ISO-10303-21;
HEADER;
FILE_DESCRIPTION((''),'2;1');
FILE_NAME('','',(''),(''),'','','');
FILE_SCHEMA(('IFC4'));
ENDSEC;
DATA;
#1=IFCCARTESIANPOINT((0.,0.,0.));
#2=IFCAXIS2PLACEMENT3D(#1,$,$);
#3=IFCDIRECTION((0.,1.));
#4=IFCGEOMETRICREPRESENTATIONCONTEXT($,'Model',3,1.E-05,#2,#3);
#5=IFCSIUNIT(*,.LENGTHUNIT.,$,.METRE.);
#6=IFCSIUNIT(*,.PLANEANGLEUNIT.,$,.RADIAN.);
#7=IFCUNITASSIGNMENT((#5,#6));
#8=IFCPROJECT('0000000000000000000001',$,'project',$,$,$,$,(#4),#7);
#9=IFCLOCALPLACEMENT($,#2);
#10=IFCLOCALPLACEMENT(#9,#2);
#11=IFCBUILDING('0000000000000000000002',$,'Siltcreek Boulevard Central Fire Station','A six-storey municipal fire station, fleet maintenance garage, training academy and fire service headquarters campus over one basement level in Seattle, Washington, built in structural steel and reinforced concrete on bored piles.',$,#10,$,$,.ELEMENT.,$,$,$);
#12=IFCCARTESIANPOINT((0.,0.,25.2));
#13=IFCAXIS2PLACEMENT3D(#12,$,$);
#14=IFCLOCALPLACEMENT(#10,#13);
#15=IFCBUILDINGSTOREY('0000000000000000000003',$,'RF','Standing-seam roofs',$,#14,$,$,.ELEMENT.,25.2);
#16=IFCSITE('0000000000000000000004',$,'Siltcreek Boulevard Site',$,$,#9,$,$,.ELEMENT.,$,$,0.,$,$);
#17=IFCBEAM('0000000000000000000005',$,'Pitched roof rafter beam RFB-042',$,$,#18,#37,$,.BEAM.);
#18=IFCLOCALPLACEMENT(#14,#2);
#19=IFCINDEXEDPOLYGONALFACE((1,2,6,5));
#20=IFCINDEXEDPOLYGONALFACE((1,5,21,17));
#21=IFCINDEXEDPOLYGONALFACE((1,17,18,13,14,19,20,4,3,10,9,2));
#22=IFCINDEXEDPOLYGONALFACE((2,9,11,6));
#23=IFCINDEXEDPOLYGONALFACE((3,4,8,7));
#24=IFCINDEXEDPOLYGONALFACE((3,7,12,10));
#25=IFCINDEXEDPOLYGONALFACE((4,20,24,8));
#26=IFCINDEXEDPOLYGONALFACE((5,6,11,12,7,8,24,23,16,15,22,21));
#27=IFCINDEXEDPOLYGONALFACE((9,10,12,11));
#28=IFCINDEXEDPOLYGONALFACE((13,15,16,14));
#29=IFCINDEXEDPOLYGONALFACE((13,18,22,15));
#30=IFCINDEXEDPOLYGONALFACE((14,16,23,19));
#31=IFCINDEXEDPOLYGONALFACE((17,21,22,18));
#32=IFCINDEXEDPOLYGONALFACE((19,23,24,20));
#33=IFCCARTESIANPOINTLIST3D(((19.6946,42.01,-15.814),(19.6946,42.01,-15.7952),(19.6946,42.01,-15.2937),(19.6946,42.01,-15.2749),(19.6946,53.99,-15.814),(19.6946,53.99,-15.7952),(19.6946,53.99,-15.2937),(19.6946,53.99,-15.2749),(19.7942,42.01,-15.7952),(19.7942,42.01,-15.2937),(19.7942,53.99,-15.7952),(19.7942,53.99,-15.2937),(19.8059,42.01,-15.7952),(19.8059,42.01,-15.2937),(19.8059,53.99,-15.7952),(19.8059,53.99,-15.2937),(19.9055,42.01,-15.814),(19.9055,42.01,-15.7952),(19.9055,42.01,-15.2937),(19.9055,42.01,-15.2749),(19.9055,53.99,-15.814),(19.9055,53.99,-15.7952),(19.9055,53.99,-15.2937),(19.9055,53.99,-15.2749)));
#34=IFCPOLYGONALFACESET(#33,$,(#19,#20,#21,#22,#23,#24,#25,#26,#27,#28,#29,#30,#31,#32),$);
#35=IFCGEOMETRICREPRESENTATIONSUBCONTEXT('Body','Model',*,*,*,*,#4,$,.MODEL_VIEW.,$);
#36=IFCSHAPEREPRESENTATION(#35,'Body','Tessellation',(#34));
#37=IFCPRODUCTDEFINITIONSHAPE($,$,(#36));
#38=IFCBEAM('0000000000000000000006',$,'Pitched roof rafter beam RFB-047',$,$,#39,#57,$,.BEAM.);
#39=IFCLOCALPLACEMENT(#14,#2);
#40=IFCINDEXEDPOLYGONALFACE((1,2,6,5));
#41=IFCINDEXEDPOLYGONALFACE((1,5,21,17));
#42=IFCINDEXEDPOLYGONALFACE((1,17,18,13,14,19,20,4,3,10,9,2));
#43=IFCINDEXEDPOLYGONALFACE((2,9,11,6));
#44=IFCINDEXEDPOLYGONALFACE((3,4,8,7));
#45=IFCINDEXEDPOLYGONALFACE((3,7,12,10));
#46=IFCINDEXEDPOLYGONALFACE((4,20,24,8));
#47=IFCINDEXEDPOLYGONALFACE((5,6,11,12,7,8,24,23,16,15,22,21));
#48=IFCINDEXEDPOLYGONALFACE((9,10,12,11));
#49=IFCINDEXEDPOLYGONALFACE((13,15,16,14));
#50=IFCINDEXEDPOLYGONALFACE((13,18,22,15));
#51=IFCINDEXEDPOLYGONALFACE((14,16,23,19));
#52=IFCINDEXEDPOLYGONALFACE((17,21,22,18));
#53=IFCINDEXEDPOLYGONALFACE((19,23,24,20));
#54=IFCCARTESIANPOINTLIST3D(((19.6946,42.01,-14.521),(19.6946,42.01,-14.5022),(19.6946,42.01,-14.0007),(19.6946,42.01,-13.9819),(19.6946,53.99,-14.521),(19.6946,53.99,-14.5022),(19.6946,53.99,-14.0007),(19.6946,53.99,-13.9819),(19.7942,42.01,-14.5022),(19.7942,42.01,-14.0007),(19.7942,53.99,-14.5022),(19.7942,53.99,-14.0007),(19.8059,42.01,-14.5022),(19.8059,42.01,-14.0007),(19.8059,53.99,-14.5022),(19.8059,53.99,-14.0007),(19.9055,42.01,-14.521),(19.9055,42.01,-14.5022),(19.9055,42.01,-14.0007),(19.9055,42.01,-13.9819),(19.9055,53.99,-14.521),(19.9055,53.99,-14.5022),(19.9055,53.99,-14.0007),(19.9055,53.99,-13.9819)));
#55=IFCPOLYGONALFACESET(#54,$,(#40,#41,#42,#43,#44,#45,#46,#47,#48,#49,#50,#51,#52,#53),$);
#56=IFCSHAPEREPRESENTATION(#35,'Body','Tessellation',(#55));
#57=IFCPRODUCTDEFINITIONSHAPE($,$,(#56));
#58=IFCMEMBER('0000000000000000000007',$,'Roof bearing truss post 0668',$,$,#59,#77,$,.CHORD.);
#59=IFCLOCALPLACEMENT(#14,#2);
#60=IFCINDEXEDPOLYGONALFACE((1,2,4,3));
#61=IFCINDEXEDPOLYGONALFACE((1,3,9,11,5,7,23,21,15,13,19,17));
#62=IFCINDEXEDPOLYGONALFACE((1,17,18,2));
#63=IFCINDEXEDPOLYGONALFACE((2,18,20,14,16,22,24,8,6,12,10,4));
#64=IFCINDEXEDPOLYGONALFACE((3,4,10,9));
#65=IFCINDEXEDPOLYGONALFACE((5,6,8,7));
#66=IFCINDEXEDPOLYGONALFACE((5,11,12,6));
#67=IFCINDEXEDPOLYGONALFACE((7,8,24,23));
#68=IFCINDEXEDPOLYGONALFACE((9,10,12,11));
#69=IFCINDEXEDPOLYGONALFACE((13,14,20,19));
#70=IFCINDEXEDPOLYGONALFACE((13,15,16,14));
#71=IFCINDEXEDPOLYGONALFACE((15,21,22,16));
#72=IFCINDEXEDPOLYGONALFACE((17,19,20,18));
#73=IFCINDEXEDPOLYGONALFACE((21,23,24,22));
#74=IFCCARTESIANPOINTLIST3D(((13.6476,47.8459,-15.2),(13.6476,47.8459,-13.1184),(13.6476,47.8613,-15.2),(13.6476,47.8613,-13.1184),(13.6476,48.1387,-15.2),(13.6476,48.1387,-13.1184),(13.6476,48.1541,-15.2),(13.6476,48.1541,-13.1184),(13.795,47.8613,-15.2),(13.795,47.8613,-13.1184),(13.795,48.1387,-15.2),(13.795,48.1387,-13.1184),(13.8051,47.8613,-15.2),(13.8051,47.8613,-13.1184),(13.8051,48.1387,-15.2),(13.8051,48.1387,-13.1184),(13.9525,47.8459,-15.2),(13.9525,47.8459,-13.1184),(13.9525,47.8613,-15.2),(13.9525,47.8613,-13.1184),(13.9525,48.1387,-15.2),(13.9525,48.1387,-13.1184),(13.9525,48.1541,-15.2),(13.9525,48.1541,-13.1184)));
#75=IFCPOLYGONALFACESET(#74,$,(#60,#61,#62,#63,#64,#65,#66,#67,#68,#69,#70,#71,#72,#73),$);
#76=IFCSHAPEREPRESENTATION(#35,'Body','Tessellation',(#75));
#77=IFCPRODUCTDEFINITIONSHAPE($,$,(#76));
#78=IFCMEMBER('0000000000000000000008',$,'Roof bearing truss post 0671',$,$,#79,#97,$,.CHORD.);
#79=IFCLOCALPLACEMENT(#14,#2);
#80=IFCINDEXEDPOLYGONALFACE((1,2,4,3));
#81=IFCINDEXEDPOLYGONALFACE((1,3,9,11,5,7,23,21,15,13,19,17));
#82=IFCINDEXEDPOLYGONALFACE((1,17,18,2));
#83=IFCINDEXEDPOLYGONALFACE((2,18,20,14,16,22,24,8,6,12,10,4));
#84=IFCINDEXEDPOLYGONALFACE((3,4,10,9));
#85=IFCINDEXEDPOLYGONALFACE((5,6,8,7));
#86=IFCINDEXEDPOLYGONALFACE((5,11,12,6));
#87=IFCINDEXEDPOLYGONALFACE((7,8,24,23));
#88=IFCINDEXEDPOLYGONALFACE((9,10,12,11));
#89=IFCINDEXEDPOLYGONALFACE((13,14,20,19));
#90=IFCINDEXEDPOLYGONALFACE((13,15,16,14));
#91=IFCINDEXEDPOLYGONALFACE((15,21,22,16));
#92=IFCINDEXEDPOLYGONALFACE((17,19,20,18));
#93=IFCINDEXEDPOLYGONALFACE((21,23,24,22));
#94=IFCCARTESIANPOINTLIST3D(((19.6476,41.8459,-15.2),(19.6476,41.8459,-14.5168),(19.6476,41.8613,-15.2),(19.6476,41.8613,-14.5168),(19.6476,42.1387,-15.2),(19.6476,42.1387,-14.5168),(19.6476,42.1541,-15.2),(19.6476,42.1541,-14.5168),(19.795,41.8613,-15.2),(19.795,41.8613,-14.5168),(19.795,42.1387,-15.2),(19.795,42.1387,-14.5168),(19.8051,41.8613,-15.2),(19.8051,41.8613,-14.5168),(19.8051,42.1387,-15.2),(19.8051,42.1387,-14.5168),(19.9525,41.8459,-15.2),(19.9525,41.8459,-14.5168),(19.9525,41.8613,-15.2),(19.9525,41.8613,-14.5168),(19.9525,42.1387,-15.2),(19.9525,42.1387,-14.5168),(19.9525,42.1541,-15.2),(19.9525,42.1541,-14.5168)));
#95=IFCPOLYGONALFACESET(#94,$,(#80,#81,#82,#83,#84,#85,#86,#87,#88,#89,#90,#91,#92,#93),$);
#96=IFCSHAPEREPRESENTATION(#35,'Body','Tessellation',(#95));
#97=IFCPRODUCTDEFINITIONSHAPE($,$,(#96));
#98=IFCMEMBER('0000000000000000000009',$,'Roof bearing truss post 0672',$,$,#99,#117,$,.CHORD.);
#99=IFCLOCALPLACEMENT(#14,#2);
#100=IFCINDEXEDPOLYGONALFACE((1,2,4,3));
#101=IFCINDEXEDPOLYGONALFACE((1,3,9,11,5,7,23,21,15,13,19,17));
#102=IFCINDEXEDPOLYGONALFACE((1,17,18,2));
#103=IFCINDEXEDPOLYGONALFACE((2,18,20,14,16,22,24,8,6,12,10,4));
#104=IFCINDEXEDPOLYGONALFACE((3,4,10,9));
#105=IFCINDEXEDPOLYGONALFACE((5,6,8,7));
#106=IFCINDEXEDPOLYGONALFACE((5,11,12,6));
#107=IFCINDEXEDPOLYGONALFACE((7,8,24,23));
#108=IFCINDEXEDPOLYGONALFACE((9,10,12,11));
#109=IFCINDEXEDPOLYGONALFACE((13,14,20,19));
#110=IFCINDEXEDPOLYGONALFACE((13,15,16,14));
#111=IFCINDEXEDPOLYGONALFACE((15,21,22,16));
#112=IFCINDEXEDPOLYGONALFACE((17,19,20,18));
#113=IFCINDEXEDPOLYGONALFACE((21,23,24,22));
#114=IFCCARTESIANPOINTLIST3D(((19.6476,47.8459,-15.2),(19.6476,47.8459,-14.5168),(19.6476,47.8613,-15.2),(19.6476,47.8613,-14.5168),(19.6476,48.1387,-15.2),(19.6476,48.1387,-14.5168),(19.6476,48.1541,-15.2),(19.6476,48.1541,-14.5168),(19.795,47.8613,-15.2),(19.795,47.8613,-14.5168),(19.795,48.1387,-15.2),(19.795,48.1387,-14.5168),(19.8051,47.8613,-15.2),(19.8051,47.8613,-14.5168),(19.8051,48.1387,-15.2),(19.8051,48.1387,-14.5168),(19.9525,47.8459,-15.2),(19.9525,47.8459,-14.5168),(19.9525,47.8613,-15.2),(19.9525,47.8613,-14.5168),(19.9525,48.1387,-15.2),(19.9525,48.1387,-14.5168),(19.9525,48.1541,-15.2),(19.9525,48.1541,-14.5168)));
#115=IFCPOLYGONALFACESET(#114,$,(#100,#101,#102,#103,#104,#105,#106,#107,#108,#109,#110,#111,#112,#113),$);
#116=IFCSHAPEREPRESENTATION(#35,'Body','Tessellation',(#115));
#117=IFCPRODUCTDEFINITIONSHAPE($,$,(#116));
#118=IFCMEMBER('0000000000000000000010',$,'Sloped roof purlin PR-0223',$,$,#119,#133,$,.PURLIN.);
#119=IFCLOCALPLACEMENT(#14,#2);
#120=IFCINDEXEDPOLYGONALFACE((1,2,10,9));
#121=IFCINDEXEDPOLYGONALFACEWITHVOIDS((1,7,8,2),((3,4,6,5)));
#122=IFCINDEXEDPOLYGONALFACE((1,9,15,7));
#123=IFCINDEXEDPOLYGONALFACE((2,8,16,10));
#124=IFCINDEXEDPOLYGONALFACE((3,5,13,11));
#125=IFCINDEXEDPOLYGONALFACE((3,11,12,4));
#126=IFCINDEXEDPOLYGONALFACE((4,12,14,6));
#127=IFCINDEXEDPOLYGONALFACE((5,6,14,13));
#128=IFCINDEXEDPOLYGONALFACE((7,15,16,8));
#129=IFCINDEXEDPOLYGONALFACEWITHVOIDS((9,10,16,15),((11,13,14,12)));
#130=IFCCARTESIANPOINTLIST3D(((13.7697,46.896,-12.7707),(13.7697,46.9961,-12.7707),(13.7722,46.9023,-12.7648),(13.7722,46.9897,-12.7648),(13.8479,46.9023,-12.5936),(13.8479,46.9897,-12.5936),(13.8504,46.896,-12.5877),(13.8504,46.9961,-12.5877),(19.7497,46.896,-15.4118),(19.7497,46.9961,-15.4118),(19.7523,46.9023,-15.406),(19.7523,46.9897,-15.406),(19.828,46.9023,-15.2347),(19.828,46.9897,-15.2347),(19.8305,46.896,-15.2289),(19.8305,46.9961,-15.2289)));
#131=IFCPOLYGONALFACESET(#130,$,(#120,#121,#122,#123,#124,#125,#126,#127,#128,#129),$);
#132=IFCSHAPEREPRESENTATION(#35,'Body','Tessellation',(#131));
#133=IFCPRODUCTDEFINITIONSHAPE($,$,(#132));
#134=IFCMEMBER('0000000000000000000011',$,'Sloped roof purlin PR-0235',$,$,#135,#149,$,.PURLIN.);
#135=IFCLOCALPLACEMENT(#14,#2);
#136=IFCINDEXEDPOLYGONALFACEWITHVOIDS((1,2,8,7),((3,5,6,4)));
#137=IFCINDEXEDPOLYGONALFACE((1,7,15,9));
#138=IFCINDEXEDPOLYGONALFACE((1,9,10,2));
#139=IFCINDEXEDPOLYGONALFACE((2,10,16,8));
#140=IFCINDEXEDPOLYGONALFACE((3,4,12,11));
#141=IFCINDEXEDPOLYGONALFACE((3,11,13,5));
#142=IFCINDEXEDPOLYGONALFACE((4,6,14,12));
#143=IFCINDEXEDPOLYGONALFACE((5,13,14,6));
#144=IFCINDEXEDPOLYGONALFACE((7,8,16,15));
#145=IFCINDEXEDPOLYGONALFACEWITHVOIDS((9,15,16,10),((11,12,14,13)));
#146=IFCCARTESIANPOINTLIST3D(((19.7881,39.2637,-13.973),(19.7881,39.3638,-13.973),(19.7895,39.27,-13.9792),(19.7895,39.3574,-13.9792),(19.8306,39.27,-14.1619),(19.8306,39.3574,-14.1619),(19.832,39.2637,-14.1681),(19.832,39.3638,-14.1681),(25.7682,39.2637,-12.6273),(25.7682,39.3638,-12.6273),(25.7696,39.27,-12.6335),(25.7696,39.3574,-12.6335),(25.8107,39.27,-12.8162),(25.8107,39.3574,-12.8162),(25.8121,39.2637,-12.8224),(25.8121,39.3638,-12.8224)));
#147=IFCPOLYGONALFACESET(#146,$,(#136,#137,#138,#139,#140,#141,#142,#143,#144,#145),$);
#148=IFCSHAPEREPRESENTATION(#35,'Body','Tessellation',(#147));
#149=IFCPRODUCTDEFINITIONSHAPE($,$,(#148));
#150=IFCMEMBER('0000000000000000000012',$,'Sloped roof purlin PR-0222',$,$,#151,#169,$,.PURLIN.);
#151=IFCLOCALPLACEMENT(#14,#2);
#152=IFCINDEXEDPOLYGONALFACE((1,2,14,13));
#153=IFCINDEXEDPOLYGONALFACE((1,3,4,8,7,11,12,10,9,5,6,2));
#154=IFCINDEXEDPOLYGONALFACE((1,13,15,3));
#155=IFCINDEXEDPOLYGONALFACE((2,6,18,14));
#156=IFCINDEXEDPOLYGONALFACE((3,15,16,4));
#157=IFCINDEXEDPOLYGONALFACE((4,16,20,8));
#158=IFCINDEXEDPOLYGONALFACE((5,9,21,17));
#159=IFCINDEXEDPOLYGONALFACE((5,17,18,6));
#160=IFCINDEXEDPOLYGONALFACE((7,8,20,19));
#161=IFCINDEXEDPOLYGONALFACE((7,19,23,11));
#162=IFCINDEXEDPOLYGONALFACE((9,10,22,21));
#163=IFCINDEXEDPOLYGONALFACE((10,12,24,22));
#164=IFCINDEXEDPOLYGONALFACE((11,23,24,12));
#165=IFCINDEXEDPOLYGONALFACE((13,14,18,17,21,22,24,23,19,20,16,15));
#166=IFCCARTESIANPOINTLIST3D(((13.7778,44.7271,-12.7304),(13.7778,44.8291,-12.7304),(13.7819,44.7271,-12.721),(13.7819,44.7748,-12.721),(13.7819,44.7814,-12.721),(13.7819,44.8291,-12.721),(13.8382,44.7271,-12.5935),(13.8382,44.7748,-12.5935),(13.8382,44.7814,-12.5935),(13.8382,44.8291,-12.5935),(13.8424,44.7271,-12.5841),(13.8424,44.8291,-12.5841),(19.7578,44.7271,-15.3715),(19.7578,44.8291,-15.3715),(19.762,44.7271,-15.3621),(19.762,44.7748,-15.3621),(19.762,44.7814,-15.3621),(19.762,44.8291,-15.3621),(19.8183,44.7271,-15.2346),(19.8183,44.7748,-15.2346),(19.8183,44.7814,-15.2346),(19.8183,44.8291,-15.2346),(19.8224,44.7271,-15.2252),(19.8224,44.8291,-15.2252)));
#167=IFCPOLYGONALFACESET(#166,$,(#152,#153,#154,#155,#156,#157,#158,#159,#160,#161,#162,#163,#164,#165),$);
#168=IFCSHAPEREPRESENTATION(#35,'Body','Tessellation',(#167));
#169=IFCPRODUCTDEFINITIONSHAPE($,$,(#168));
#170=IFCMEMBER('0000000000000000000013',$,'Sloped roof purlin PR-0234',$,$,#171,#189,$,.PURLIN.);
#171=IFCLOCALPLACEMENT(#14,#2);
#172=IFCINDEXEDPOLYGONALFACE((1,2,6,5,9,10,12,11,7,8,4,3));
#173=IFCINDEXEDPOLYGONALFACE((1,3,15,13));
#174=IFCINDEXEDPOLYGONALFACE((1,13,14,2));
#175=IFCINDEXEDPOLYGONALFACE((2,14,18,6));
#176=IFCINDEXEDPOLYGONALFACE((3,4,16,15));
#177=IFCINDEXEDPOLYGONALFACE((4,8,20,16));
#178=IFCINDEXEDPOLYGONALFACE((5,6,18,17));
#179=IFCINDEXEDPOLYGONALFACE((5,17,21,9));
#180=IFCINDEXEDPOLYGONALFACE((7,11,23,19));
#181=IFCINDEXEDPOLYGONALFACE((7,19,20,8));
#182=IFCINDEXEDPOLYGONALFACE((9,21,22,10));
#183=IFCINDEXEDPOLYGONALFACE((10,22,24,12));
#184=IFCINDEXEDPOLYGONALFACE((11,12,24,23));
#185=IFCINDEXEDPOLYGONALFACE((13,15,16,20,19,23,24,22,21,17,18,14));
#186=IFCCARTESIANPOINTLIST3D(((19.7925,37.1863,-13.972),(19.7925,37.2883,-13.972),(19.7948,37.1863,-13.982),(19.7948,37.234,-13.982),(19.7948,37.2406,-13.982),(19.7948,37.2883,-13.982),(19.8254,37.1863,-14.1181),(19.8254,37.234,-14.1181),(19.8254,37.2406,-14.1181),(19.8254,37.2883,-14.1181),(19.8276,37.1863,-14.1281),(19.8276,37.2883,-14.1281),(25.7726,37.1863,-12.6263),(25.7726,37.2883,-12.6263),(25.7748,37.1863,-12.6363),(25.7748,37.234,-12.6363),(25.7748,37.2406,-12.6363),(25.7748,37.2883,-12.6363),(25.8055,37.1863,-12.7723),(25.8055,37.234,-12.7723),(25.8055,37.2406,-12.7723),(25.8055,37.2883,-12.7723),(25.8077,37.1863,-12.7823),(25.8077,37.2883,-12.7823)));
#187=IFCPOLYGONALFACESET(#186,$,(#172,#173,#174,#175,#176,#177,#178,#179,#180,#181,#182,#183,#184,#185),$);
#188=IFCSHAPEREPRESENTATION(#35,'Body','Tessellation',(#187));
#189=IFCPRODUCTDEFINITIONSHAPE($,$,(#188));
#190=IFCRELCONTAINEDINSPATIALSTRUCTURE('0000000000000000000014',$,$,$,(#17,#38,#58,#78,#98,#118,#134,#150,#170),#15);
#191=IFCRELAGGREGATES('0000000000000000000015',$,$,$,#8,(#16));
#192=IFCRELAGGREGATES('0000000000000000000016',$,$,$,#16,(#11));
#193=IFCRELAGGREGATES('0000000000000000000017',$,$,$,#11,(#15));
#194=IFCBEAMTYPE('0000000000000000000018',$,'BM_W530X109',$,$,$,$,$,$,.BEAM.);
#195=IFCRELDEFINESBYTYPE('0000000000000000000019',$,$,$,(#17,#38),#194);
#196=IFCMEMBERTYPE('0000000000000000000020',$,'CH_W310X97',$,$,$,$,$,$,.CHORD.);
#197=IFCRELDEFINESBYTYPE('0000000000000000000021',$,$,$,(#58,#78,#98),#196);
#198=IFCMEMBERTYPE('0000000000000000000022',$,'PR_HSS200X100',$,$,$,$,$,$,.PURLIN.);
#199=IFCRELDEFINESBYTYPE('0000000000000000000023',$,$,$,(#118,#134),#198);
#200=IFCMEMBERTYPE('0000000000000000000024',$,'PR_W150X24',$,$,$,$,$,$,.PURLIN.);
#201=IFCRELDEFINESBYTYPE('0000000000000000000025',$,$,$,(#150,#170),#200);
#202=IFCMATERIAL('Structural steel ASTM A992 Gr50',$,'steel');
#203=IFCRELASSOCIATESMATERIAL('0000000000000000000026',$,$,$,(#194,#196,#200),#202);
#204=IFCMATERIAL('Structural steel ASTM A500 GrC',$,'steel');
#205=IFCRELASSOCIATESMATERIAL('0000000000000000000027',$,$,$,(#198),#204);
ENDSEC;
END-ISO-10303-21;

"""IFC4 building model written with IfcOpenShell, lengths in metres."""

from ifc_helpers import new_model, si_unit, direction, frame, origin, origin_2d, place, context, subcontext, project, spatial, hollow_rectangle, i_section, extrude, material, material_profile, profile_set, type_object, element, save


model = new_model("IFC4")

# Units and contexts
model_context = context("Model", 3, precision=1e-05, world=origin(), true_north=direction((0.0, 1.0)))
body_context = subcontext(model_context, "Body", "Model", "MODEL_VIEW")
ifc_project = project(units=[si_unit("LENGTHUNIT", "METRE"), si_unit("PLANEANGLEUNIT", "RADIAN")], contexts=[model_context])

# Site, building, storey
site_placement = place(None, origin())
site = spatial("IfcSite", under=ifc_project, at=site_placement, Name="Siltcreek Boulevard Site", CompositionType="ELEMENT", RefElevation=0.0)
building_placement = place(site_placement, origin())
building = spatial("IfcBuilding", under=site, at=building_placement, Name="Siltcreek Boulevard Central Fire Station", Description="A six-storey municipal fire station, fleet maintenance garage, training academy and fire service headquarters campus over one basement level in Seattle, Washington, built in structural steel and reinforced concrete on bored piles.", CompositionType="ELEMENT")
storey_placement = place(building_placement, frame((0.0, 0.0, 25.2)))
storey = spatial("IfcBuildingStorey", under=building, at=storey_placement, Name="RF", Description="Standing-seam roofs", CompositionType="ELEMENT", Elevation=25.2)

# Beams
ifc_material_1 = material(Name="Structural steel ASTM A992 Gr50", Category="steel")
ifc_material_profile_1 = material_profile(ifc_material_1, i_section(OverallWidth=0.2109, OverallDepth=0.5391, WebThickness=0.0117, FlangeThickness=0.0188, at=origin_2d()), Name="W530X109")
ifc_profile_set_1 = profile_set([ifc_material_profile_1], Name="Structural steel ASTM A992 Gr50")
beam_type = type_object("IfcBeamType", Name="BM_W530X109", PredefinedType="BEAM", material=ifc_profile_set_1)
for number, where, z_axis, x_axis, name in (
    (1, (19.8, 42.01, -15.5444), (0.0, 1.0, 0.0), (-1.0, 0.0, 0.0), "Pitched roof rafter beam RFB-042"),
    (2, (19.8, 42.01, -14.2515), (0.0, 1.0, 0.0), (-1.0, 0.0, 0.0), "Pitched roof rafter beam RFB-047"),
):
    element("IfcBeam", number, at=place(storey_placement, frame(where, z_axis=z_axis, x_axis=x_axis)), inside=storey, type_object=beam_type, Name=name, PredefinedType="BEAM", context=body_context, shape_type="SweptSolid", body=[
        extrude(i_section(OverallWidth=0.2109, OverallDepth=0.5391, WebThickness=0.0117, FlangeThickness=0.0188, at=origin_2d()), origin(), (0.0, 0.0, 1.0), 11.98),
    ])

# Members
ifc_material_profile_2 = material_profile(ifc_material_1, i_section(OverallWidth=0.3049, OverallDepth=0.3081, WebThickness=0.01, FlangeThickness=0.0154, at=origin_2d()), Name="W310X97")
ifc_profile_set_2 = profile_set([ifc_material_profile_2], Name="Structural steel ASTM A992 Gr50")
member_type_1 = type_object("IfcMemberType", Name="CH_W310X97", PredefinedType="CHORD", material=ifc_profile_set_2)
member_1_placement = place(storey_placement, frame((13.8, 48.0, -15.2), z_axis=(0.0, 0.0, 1.0), x_axis=(1.0, 0.0, 0.0)))
element("IfcMember", 3, at=member_1_placement, inside=storey, type_object=member_type_1, Name="Roof bearing truss post 0668", PredefinedType="CHORD", context=body_context, shape_type="SweptSolid", body=[
    extrude(i_section(OverallWidth=0.3049, OverallDepth=0.3081, WebThickness=0.01, FlangeThickness=0.0154, at=origin_2d()), origin(), (0.0, 0.0, 1.0), 2.0815),
])
for number, where, z_axis, x_axis, name in (
    (4, (19.8, 42.0, -15.2), (0.0, 0.0, 1.0), (1.0, 0.0, 0.0), "Roof bearing truss post 0671"),
    (5, (19.8, 48.0, -15.2), (0.0, 0.0, 1.0), (1.0, 0.0, 0.0), "Roof bearing truss post 0672"),
):
    element("IfcMember", number, at=place(storey_placement, frame(where, z_axis=z_axis, x_axis=x_axis)), inside=storey, type_object=member_type_1, Name=name, PredefinedType="CHORD", context=body_context, shape_type="SweptSolid", body=[
        extrude(i_section(OverallWidth=0.3049, OverallDepth=0.3081, WebThickness=0.01, FlangeThickness=0.0154, at=origin_2d()), origin(), (0.0, 0.0, 1.0), 0.6831),
    ])
ifc_material_2 = material(Name="Structural steel ASTM A500 GrC", Category="steel")
ifc_material_profile_3 = material_profile(ifc_material_2, hollow_rectangle(XDim=0.1001, YDim=0.2, WallThickness=0.0063, at=origin_2d()), Name="HSS200X100X6.4")
ifc_profile_set_3 = profile_set([ifc_material_profile_3], Name="Structural steel ASTM A500 GrC")
member_type_2 = type_object("IfcMemberType", Name="PR_HSS200X100", PredefinedType="PURLIN", material=ifc_profile_set_3)
member_2_placement = place(storey_placement, frame((13.8101, 46.946, -12.6792), z_axis=(0.914755, 0.0, -0.40401), x_axis=(0.0, 1.0, 0.0)))
element("IfcMember", 6, at=member_2_placement, inside=storey, type_object=member_type_2, Name="Sloped roof purlin PR-0223", PredefinedType="PURLIN", context=body_context, shape_type="SweptSolid", body=[
    extrude(hollow_rectangle(XDim=0.1001, YDim=0.2, WallThickness=0.0063, at=origin_2d()), origin(), (0.0, 0.0, 1.0), 6.5374),
])
member_3_placement = place(storey_placement, frame((19.8101, 39.3137, -14.0706), z_axis=(0.975603, 0.0, 0.219544), x_axis=(0.0, 1.0, 0.0)))
element("IfcMember", 7, at=member_3_placement, inside=storey, type_object=member_type_2, Name="Sloped roof purlin PR-0235", PredefinedType="PURLIN", context=body_context, shape_type="SweptSolid", body=[
    extrude(hollow_rectangle(XDim=0.1001, YDim=0.2, WallThickness=0.0063, at=origin_2d()), origin(), (0.0, 0.0, 1.0), 6.1296),
])
ifc_material_profile_4 = material_profile(ifc_material_1, i_section(OverallWidth=0.1021, OverallDepth=0.1599, WebThickness=0.0066, FlangeThickness=0.0103, at=origin_2d()), Name="W150X24")
ifc_profile_set_4 = profile_set([ifc_material_profile_4], Name="Structural steel ASTM A992 Gr50")
member_type_3 = type_object("IfcMemberType", Name="PR_W150X24", PredefinedType="PURLIN", material=ifc_profile_set_4)
member_4_placement = place(storey_placement, frame((13.8101, 44.7781, -12.6572), z_axis=(0.914755, 0.0, -0.40401), x_axis=(0.0, 1.0, 0.0)))
element("IfcMember", 8, at=member_4_placement, inside=storey, type_object=member_type_3, Name="Sloped roof purlin PR-0222", PredefinedType="PURLIN", context=body_context, shape_type="SweptSolid", body=[
    extrude(i_section(OverallWidth=0.1021, OverallDepth=0.1599, WebThickness=0.0066, FlangeThickness=0.0103, at=origin_2d()), origin(), (0.0, 0.0, 1.0), 6.5374),
])
member_5_placement = place(storey_placement, frame((19.8101, 37.2373, -14.05), z_axis=(0.975603, 0.0, 0.219544), x_axis=(0.0, 1.0, 0.0)))
element("IfcMember", 9, at=member_5_placement, inside=storey, type_object=member_type_3, Name="Sloped roof purlin PR-0234", PredefinedType="PURLIN", context=body_context, shape_type="SweptSolid", body=[
    extrude(i_section(OverallWidth=0.1021, OverallDepth=0.1599, WebThickness=0.0066, FlangeThickness=0.0103, at=origin_2d()), origin(), (0.0, 0.0, 1.0), 6.1296),
])

save(model, "model.ifc")
